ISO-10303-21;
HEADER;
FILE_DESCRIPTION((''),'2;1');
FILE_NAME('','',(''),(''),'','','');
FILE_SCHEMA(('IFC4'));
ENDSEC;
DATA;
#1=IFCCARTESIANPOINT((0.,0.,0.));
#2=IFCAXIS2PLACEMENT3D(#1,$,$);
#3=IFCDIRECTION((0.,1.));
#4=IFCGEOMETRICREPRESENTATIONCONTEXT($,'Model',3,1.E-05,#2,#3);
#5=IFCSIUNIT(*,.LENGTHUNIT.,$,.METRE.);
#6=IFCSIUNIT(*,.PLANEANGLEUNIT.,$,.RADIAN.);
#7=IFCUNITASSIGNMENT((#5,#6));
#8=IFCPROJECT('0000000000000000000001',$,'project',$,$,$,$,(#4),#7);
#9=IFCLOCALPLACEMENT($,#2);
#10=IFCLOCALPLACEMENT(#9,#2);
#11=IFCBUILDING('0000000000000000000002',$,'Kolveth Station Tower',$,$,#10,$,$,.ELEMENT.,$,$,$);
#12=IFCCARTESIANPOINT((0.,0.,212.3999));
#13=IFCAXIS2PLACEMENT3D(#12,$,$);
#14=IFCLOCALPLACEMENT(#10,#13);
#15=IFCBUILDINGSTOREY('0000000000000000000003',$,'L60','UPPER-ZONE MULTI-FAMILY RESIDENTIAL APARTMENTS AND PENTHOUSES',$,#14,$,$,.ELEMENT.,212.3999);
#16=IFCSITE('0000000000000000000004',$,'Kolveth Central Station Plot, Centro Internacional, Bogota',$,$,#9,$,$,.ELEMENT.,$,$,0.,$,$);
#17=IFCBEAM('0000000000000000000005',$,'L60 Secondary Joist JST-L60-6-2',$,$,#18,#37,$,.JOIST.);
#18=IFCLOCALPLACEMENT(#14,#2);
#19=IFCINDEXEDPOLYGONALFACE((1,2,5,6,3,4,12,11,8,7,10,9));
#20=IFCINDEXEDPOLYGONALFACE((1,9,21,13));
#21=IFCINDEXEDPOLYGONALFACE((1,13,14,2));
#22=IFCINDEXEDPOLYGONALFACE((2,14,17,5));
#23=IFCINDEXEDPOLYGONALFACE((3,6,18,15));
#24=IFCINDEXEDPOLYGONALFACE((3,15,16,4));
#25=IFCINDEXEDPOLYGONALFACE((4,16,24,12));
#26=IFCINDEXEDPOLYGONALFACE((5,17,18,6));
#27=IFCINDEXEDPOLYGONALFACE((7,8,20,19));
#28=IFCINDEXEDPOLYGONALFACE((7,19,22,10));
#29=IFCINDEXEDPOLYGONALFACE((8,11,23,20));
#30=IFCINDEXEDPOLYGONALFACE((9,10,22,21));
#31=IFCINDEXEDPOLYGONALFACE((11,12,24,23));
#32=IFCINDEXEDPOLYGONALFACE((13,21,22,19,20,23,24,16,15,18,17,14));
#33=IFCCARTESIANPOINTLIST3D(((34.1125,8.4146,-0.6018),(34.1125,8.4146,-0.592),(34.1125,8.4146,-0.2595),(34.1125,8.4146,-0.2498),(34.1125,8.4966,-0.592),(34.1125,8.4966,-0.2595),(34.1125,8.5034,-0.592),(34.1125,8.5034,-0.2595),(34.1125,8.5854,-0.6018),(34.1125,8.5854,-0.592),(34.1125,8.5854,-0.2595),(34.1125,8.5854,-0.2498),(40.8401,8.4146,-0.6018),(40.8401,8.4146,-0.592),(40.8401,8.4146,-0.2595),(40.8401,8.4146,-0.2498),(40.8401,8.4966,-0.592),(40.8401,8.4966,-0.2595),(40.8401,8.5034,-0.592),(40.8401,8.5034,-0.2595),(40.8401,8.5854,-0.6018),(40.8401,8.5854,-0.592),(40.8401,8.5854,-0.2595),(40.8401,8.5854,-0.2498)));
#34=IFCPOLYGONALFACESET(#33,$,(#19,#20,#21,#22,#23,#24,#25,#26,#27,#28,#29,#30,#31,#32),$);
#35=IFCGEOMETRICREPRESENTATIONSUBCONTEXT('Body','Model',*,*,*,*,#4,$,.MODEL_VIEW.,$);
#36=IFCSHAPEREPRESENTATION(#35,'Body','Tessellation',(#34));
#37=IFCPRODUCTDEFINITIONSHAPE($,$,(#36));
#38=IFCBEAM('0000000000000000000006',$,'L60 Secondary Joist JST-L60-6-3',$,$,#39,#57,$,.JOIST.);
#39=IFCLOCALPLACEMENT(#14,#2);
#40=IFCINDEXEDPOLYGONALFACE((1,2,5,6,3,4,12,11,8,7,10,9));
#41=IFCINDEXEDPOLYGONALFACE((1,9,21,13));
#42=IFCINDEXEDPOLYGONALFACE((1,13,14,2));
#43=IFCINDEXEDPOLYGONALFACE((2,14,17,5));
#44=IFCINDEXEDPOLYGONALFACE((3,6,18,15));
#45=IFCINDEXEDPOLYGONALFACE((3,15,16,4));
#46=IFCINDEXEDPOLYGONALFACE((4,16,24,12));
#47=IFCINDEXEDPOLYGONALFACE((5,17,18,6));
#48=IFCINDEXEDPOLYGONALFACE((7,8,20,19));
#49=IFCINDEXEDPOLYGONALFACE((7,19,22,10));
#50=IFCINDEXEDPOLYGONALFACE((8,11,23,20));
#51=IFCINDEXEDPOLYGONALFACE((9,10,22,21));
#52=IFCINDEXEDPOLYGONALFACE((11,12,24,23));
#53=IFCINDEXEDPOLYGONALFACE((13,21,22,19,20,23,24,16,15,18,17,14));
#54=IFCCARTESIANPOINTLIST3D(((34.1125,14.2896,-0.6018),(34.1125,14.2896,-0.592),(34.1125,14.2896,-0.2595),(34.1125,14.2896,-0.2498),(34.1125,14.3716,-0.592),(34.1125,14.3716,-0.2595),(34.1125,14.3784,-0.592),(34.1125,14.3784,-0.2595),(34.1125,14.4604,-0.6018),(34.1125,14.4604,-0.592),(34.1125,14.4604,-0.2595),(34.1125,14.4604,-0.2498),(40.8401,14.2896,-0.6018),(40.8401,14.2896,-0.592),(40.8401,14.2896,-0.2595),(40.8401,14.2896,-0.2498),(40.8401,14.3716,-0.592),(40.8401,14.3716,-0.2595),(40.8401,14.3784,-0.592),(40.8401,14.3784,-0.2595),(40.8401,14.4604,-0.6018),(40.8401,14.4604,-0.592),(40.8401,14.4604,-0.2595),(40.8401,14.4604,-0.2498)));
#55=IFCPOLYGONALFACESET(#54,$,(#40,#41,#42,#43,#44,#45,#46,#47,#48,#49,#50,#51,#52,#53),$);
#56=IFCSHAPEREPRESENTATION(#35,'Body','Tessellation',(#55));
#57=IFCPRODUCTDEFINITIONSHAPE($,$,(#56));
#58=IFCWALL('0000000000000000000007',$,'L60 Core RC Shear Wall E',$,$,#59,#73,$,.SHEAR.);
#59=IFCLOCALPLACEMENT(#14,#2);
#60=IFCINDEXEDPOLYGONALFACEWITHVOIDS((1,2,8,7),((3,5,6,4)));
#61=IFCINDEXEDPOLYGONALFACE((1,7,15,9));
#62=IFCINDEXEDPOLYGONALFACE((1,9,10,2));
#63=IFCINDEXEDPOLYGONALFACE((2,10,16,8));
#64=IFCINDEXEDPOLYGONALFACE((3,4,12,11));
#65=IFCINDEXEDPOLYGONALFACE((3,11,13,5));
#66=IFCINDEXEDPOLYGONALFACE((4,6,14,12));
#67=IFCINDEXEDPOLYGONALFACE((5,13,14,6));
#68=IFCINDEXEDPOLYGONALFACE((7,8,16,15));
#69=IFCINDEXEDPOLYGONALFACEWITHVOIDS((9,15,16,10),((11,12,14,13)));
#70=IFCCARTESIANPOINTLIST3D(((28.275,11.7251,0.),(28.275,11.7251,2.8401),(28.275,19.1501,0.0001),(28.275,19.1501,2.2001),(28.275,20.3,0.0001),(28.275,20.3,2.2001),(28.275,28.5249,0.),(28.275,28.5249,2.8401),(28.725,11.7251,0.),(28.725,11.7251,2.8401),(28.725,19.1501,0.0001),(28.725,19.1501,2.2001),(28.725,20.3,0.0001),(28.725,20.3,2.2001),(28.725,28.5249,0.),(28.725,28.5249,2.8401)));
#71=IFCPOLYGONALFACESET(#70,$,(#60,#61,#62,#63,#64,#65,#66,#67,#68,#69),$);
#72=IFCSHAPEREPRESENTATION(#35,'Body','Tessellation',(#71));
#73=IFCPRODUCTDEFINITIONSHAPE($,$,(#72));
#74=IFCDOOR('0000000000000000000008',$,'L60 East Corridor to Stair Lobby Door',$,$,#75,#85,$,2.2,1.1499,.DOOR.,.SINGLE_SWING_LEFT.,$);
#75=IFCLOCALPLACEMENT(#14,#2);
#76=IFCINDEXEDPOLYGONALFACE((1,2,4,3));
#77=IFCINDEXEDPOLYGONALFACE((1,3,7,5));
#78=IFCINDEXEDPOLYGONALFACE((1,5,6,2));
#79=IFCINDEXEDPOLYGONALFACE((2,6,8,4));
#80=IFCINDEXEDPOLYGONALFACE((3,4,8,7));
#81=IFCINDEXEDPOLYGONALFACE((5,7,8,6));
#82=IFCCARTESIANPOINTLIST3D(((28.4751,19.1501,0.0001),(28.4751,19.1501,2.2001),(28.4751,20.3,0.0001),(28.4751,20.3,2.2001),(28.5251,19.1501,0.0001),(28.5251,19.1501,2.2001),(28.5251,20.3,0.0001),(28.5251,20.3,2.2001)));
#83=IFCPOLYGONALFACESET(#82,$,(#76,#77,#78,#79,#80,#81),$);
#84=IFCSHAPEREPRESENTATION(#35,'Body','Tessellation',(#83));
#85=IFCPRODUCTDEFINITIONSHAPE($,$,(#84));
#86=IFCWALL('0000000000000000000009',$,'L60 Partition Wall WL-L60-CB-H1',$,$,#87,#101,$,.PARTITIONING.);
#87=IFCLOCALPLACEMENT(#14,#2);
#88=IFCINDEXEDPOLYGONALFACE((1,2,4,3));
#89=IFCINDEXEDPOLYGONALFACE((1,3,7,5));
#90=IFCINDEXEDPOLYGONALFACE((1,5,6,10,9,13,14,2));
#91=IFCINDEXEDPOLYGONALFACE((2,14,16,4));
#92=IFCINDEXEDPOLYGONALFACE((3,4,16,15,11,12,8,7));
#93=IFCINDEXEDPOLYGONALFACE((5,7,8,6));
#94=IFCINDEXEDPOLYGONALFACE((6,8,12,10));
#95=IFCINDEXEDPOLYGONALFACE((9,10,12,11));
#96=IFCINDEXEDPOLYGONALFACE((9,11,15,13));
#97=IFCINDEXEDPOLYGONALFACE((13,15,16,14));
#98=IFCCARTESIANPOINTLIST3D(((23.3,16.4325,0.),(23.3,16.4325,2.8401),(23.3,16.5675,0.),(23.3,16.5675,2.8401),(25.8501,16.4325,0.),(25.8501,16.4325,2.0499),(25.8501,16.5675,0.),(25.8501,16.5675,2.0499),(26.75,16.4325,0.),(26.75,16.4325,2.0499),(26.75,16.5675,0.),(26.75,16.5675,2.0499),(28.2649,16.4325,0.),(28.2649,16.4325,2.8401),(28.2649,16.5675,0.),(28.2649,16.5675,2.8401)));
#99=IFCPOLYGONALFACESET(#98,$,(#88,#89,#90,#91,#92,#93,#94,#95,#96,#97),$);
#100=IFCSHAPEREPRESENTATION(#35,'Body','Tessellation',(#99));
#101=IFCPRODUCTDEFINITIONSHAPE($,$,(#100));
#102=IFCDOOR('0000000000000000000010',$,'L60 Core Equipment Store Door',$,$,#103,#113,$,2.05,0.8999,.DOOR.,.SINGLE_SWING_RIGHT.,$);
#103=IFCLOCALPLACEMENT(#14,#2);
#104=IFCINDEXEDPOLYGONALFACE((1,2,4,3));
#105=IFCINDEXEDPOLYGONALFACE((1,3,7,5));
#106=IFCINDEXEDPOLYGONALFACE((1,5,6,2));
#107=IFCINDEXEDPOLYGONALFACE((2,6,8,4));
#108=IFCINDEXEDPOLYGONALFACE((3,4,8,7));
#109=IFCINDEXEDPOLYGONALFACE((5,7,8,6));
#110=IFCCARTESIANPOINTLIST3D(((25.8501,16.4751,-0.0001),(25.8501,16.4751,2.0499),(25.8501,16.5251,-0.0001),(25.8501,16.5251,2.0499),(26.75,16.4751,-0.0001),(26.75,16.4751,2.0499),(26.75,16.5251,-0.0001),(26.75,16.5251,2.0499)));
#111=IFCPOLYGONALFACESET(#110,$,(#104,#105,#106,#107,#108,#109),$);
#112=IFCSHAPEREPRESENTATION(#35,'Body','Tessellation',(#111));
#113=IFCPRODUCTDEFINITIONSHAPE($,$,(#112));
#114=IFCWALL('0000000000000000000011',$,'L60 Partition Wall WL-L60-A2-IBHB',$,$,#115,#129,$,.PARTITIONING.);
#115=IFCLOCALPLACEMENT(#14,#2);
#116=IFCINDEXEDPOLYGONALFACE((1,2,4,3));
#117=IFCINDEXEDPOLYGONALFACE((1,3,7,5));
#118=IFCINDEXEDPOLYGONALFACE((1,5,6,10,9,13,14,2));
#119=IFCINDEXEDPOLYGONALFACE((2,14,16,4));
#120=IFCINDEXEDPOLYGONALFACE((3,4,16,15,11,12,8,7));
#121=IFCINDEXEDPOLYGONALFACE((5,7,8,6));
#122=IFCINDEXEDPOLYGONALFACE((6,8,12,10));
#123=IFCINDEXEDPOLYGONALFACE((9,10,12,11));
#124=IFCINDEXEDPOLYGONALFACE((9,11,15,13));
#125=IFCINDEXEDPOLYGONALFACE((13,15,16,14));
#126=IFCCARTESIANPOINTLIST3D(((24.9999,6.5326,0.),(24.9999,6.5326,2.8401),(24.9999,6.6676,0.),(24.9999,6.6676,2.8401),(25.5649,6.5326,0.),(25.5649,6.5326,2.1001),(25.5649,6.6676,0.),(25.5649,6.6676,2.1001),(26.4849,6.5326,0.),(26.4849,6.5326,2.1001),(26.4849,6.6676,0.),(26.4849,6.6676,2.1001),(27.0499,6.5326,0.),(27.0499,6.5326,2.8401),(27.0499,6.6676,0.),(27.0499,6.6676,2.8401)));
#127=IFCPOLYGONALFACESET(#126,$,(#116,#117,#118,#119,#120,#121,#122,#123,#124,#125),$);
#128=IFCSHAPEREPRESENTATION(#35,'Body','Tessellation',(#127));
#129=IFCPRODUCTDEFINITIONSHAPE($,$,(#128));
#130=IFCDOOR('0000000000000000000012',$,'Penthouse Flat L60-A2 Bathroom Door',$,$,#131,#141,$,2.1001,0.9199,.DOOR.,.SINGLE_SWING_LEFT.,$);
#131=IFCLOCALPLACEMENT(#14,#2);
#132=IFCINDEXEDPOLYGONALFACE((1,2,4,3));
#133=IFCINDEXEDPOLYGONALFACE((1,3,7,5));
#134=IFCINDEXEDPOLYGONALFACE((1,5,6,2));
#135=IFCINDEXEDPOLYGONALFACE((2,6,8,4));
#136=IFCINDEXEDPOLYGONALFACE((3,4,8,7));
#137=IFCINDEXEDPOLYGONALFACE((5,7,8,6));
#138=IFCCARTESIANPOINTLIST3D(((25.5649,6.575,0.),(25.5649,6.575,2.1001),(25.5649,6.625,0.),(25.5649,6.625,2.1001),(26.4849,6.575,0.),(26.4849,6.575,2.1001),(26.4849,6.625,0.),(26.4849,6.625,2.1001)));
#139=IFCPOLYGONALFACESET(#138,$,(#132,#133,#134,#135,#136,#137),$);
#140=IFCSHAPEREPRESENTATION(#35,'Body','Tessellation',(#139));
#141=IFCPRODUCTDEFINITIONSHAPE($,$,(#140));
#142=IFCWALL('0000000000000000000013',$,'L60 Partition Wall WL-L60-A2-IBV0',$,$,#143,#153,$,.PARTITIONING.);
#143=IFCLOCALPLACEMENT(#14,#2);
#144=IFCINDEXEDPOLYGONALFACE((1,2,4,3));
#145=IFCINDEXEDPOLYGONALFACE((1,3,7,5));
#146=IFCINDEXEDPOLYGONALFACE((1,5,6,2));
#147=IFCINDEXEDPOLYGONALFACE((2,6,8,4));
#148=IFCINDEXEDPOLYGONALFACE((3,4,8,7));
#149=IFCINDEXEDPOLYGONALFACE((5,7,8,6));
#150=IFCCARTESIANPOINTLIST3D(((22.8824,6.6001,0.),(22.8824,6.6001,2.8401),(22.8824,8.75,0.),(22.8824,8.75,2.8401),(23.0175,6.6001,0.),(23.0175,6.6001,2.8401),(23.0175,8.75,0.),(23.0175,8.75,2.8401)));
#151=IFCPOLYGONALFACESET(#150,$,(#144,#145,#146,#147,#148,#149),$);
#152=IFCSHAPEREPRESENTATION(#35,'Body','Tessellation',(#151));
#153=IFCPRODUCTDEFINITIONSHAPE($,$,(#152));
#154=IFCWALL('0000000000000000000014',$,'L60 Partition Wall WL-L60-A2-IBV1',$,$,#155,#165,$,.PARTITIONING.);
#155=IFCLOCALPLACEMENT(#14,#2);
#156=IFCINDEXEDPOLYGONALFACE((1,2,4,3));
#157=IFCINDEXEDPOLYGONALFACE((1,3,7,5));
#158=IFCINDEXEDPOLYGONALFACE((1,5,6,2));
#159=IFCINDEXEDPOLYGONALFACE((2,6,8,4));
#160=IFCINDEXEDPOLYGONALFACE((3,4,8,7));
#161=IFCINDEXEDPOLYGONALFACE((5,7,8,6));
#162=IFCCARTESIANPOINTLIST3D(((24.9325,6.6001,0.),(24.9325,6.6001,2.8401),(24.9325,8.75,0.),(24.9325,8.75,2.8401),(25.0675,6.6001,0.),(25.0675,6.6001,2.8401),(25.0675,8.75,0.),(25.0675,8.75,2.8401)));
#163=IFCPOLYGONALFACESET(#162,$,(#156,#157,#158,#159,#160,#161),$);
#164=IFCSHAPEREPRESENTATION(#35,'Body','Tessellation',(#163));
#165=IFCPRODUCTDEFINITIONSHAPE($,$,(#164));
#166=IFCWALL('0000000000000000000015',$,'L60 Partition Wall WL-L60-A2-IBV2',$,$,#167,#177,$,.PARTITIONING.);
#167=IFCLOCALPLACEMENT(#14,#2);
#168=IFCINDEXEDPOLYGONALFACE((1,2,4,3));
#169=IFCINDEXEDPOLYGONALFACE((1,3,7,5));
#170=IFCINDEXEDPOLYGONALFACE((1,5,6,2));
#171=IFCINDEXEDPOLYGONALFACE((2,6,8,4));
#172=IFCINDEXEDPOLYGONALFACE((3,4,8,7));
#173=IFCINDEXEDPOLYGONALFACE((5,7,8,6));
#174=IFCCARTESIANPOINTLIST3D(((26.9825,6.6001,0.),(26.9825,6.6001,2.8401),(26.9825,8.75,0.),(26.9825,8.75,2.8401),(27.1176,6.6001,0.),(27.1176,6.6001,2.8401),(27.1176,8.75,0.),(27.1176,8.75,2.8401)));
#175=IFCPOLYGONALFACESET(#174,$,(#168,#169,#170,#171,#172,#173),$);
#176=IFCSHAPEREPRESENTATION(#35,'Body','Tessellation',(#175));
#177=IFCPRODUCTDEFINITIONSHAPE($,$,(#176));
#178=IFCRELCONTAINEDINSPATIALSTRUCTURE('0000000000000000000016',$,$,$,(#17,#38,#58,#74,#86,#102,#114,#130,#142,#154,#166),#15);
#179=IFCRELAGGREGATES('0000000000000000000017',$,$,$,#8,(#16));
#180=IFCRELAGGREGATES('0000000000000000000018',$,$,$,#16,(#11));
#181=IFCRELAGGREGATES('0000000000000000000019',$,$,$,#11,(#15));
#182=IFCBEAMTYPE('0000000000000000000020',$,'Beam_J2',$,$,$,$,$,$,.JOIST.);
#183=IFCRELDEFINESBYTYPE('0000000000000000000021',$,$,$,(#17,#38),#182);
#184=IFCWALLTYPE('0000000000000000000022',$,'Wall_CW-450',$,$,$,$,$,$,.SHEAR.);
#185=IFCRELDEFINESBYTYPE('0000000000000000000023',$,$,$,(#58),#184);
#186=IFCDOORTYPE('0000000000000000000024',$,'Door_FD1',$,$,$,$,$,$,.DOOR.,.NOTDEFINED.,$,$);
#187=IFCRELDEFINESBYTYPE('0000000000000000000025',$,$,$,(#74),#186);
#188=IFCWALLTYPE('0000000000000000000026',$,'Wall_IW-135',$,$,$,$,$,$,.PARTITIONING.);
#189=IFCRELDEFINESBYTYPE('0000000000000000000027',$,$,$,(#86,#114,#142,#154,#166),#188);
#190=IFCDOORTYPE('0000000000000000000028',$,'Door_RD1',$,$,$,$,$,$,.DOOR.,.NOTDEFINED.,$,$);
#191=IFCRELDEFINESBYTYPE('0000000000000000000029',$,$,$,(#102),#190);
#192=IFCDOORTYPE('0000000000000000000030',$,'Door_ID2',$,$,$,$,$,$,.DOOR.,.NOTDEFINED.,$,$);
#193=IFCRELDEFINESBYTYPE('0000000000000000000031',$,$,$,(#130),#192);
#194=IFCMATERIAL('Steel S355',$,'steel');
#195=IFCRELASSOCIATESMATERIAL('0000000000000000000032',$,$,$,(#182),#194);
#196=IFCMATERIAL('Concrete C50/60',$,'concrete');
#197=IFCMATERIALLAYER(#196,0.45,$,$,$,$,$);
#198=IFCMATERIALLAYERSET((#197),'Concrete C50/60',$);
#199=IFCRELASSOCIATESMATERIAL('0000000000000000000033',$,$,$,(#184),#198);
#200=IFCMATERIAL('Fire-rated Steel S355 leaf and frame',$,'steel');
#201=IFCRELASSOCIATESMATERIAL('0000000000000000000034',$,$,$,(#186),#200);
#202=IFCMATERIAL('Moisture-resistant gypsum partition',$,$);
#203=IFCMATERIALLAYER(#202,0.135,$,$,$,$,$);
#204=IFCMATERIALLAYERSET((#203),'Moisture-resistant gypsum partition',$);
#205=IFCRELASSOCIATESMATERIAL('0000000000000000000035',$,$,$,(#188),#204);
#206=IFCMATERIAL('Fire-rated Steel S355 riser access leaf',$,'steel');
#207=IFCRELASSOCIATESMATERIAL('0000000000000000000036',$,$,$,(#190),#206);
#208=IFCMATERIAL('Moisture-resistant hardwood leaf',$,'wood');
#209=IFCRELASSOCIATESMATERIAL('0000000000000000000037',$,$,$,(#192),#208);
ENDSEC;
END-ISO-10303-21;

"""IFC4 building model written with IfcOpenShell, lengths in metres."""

from ifc_helpers import new_model, si_unit, direction, frame, frame_2d, origin, origin_2d, place, context, subcontext, project, spatial, rectangle, i_section, extrude, source, transform, mapped, material, layer, layer_set, material_profile, profile_set, type_object, element, fill, save


model = new_model("IFC4")

# Units and contexts
model_context = context("Model", 3, precision=1e-05, world=origin(), true_north=direction((0.0, 1.0)))
body_context = subcontext(model_context, "Body", "Model", "MODEL_VIEW")
ifc_project = project(units=[si_unit("LENGTHUNIT", "METRE"), si_unit("PLANEANGLEUNIT", "RADIAN")], contexts=[model_context])

# Site, building, storey
site_placement = place(None, origin())
site = spatial("IfcSite", under=ifc_project, at=site_placement, Name="Kolveth Central Station Plot, Centro Internacional, Bogota", CompositionType="ELEMENT", RefElevation=0.0)
building_placement = place(site_placement, origin())
building = spatial("IfcBuilding", under=site, at=building_placement, Name="Kolveth Station Tower", CompositionType="ELEMENT")
storey_placement = place(building_placement, frame((0.0, 0.0, 212.3999)))
storey = spatial("IfcBuildingStorey", under=building, at=storey_placement, Name="L60", Description="UPPER-ZONE MULTI-FAMILY RESIDENTIAL APARTMENTS AND PENTHOUSES", CompositionType="ELEMENT", Elevation=212.3999)

# Shared definitions
ifc_material_1 = material(Name="Steel S355", Category="steel")

# Beams
ifc_material_profile_1 = material_profile(ifc_material_1, i_section(OverallWidth=0.1709, OverallDepth=0.3521, WebThickness=0.0068, FlangeThickness=0.0098, at=origin_2d()), Name="W360x44")
ifc_profile_set_1 = profile_set([ifc_material_profile_1], Name="Steel S355")
beam_type_1 = type_object("IfcBeamType", Name="Beam_J2", PredefinedType="JOIST", material=ifc_profile_set_1)
shared_shape_1 = source(origin(), body_context, "Body", "SweptSolid", [
    extrude(i_section(OverallWidth=0.1709, OverallDepth=0.3521, WebThickness=0.0068, FlangeThickness=0.0098, at=origin_2d()), origin(), (0.0, 0.0, 1.0), 6.7275),
])
for number, where, z_axis, x_axis, name in (
    (1, (34.1125, 8.5, -0.4258), (1.0, 0.0, 0.0), (0.0, 1.0, 0.0), "L60 Secondary Joist JST-L60-6-2"),
    (2, (34.1125, 14.375, -0.4258), (1.0, 0.0, 0.0), (0.0, 1.0, 0.0), "L60 Secondary Joist JST-L60-6-3"),
):
    element("IfcBeam", number, at=place(storey_placement, frame(where, z_axis=z_axis, x_axis=x_axis)), inside=storey, type_object=beam_type_1, Name=name, PredefinedType="JOIST", context=body_context, shape_type="MappedRepresentation", body=[
        mapped(shared_shape_1, transform((0.0, 0.0, 0.0), x_axis=(1.0, 0.0, 0.0), y_axis=(0.0, 1.0, 0.0), z_axis=(0.0, 0.0, 1.0), scale=1.0)),
    ])

# Walls, openings, doors
ifc_material_2 = material(Name="Concrete C50/60", Category="concrete")
ifc_layer_1 = layer(ifc_material_2, 0.45)
ifc_layer_set_1 = layer_set([ifc_layer_1], Name="Concrete C50/60")
wall_type_1 = type_object("IfcWallType", Name="Wall_CW-450", PredefinedType="SHEAR", material=ifc_layer_set_1)
wall_1_placement = place(storey_placement, frame((28.5, 11.7251, 0.0), z_axis=(0.0, 0.0, 1.0), x_axis=(0.0, 1.0, 0.0)))
wall_1 = element("IfcWall", 3, at=wall_1_placement, inside=storey, type_object=wall_type_1, Name="L60 Core RC Shear Wall E", PredefinedType="SHEAR", context=body_context, shape_type="SweptSolid", body=[
    extrude(rectangle(XDim=16.7998, YDim=0.45, at=frame_2d((8.3999, 0.0))), origin(), (0.0, 0.0, 1.0), 2.8401),
])
opening_1_placement = place(wall_1_placement, frame((7.425, 0.0, 0.0)))
opening_1 = element("IfcOpeningElement", 4, at=opening_1_placement, cuts=wall_1, PredefinedType="OPENING", context=body_context, shape_type="SweptSolid", body=[
    extrude(rectangle(XDim=1.1499, YDim=2.2, at=frame_2d((0.575, 1.1001))), frame((0.0, 0.2349, 0.0), z_axis=(0.0, -1.0, 0.0), x_axis=(1.0, 0.0, 0.0)), (0.0, 0.0, 1.0), 0.47),
])
ifc_material_3 = material(Name="Fire-rated Steel S355 leaf and frame", Category="steel")
door_type_1 = type_object("IfcDoorType", Name="Door_FD1", OperationType="NOTDEFINED", PredefinedType="DOOR", material=ifc_material_3)
door_1_placement = place(opening_1_placement, origin())
door_1 = element("IfcDoor", 5, at=door_1_placement, inside=storey, type_object=door_type_1, Name="L60 East Corridor to Stair Lobby Door", OperationType="SINGLE_SWING_LEFT", OverallHeight=2.2, OverallWidth=1.1499, PredefinedType="DOOR", context=body_context, shape_type="SweptSolid", body=[
    extrude(rectangle(XDim=1.1499, YDim=2.2, at=frame_2d((0.575, 1.1001))), frame((0.0, 0.0249, 0.0), z_axis=(0.0, -1.0, 0.0), x_axis=(1.0, 0.0, 0.0)), (0.0, 0.0, 1.0), 0.05),
])
fill(opening_1, door_1)
ifc_material_4 = material(Name="Moisture-resistant gypsum partition")
ifc_layer_2 = layer(ifc_material_4, 0.135)
ifc_layer_set_2 = layer_set([ifc_layer_2], Name="Moisture-resistant gypsum partition")
wall_type_2 = type_object("IfcWallType", Name="Wall_IW-135", PredefinedType="PARTITIONING", material=ifc_layer_set_2)
wall_2_placement = place(storey_placement, frame((23.3, 16.5, 0.0), z_axis=(0.0, 0.0, 1.0), x_axis=(1.0, 0.0, 0.0)))
wall_2 = element("IfcWall", 6, at=wall_2_placement, inside=storey, type_object=wall_type_2, Name="L60 Partition Wall WL-L60-CB-H1", PredefinedType="PARTITIONING", context=body_context, shape_type="SweptSolid", body=[
    extrude(rectangle(XDim=4.9648, YDim=0.135, at=frame_2d((2.4824, 0.0))), origin(), (0.0, 0.0, 1.0), 2.8401),
])
opening_2_placement = place(wall_2_placement, frame((2.55, 0.0, 0.0)))
opening_2 = element("IfcOpeningElement", 7, at=opening_2_placement, cuts=wall_2, PredefinedType="OPENING", context=body_context, shape_type="SweptSolid", body=[
    extrude(rectangle(XDim=0.8999, YDim=2.05, at=frame_2d((0.45, 1.0249))), frame((0.0, 0.0774, 0.0), z_axis=(0.0, -1.0, 0.0), x_axis=(1.0, 0.0, 0.0)), (0.0, 0.0, 1.0), 0.155),
])
ifc_material_5 = material(Name="Fire-rated Steel S355 riser access leaf", Category="steel")
door_type_2 = type_object("IfcDoorType", Name="Door_RD1", OperationType="NOTDEFINED", PredefinedType="DOOR", material=ifc_material_5)
door_2_placement = place(opening_2_placement, frame((0.8999, 0.0, 0.0), z_axis=(0.0, 0.0, 1.0), x_axis=(-1.0, 0.0, 0.0)))
door_2 = element("IfcDoor", 8, at=door_2_placement, inside=storey, type_object=door_type_2, Name="L60 Core Equipment Store Door", OperationType="SINGLE_SWING_RIGHT", OverallHeight=2.05, OverallWidth=0.8999, PredefinedType="DOOR", context=body_context, shape_type="SweptSolid", body=[
    extrude(rectangle(XDim=0.8999, YDim=2.05, at=frame_2d((0.45, 1.0249))), frame((0.0, 0.0249, 0.0), z_axis=(0.0, -1.0, 0.0), x_axis=(1.0, 0.0, 0.0)), (0.0, 0.0, 1.0), 0.05),
])
fill(opening_2, door_2)
wall_3_placement = place(storey_placement, frame((25.0, 6.6001, 0.0), z_axis=(0.0, 0.0, 1.0), x_axis=(1.0, 0.0, 0.0)))
wall_3 = element("IfcWall", 9, at=wall_3_placement, inside=storey, type_object=wall_type_2, Name="L60 Partition Wall WL-L60-A2-IBHB", PredefinedType="PARTITIONING", context=body_context, shape_type="SweptSolid", body=[
    extrude(rectangle(XDim=2.05, YDim=0.135, at=frame_2d((1.0249, 0.0))), origin(), (0.0, 0.0, 1.0), 2.8401),
])
opening_3_placement = place(wall_3_placement, frame((0.5649, 0.0, 0.0)))
opening_3 = element("IfcOpeningElement", 10, at=opening_3_placement, cuts=wall_3, PredefinedType="OPENING", context=body_context, shape_type="SweptSolid", body=[
    extrude(rectangle(XDim=0.9199, YDim=2.1001, at=frame_2d((0.46, 1.05))), frame((0.0, 0.0774, 0.0), z_axis=(0.0, -1.0, 0.0), x_axis=(1.0, 0.0, 0.0)), (0.0, 0.0, 1.0), 0.155),
])
ifc_material_6 = material(Name="Moisture-resistant hardwood leaf", Category="wood")
door_type_3 = type_object("IfcDoorType", Name="Door_ID2", OperationType="NOTDEFINED", PredefinedType="DOOR", material=ifc_material_6)
door_3_placement = place(opening_3_placement, origin())
door_3 = element("IfcDoor", 11, at=door_3_placement, inside=storey, type_object=door_type_3, Name="Penthouse Flat L60-A2 Bathroom Door", OperationType="SINGLE_SWING_LEFT", OverallHeight=2.1001, OverallWidth=0.9199, PredefinedType="DOOR", context=body_context, shape_type="SweptSolid", body=[
    extrude(rectangle(XDim=0.9199, YDim=2.1001, at=frame_2d((0.46, 1.05))), frame((0.0, 0.0249, 0.0), z_axis=(0.0, -1.0, 0.0), x_axis=(1.0, 0.0, 0.0)), (0.0, 0.0, 1.0), 0.05),
])
fill(opening_3, door_3)

# Walls
for number, where, z_axis, x_axis, name in (
    (12, (22.95, 6.6001, 0.0), (0.0, 0.0, 1.0), (0.0, 1.0, 0.0), "L60 Partition Wall WL-L60-A2-IBV0"),
    (13, (25.0, 6.6001, 0.0), (0.0, 0.0, 1.0), (0.0, 1.0, 0.0), "L60 Partition Wall WL-L60-A2-IBV1"),
    (14, (27.05, 6.6001, 0.0), (0.0, 0.0, 1.0), (0.0, 1.0, 0.0), "L60 Partition Wall WL-L60-A2-IBV2"),
):
    element("IfcWall", number, at=place(storey_placement, frame(where, z_axis=z_axis, x_axis=x_axis)), inside=storey, type_object=wall_type_2, Name=name, PredefinedType="PARTITIONING", context=body_context, shape_type="SweptSolid", body=[
        extrude(rectangle(XDim=2.1499, YDim=0.135, at=frame_2d((1.075, 0.0))), origin(), (0.0, 0.0, 1.0), 2.8401),
    ])

save(model, "model.ifc")
